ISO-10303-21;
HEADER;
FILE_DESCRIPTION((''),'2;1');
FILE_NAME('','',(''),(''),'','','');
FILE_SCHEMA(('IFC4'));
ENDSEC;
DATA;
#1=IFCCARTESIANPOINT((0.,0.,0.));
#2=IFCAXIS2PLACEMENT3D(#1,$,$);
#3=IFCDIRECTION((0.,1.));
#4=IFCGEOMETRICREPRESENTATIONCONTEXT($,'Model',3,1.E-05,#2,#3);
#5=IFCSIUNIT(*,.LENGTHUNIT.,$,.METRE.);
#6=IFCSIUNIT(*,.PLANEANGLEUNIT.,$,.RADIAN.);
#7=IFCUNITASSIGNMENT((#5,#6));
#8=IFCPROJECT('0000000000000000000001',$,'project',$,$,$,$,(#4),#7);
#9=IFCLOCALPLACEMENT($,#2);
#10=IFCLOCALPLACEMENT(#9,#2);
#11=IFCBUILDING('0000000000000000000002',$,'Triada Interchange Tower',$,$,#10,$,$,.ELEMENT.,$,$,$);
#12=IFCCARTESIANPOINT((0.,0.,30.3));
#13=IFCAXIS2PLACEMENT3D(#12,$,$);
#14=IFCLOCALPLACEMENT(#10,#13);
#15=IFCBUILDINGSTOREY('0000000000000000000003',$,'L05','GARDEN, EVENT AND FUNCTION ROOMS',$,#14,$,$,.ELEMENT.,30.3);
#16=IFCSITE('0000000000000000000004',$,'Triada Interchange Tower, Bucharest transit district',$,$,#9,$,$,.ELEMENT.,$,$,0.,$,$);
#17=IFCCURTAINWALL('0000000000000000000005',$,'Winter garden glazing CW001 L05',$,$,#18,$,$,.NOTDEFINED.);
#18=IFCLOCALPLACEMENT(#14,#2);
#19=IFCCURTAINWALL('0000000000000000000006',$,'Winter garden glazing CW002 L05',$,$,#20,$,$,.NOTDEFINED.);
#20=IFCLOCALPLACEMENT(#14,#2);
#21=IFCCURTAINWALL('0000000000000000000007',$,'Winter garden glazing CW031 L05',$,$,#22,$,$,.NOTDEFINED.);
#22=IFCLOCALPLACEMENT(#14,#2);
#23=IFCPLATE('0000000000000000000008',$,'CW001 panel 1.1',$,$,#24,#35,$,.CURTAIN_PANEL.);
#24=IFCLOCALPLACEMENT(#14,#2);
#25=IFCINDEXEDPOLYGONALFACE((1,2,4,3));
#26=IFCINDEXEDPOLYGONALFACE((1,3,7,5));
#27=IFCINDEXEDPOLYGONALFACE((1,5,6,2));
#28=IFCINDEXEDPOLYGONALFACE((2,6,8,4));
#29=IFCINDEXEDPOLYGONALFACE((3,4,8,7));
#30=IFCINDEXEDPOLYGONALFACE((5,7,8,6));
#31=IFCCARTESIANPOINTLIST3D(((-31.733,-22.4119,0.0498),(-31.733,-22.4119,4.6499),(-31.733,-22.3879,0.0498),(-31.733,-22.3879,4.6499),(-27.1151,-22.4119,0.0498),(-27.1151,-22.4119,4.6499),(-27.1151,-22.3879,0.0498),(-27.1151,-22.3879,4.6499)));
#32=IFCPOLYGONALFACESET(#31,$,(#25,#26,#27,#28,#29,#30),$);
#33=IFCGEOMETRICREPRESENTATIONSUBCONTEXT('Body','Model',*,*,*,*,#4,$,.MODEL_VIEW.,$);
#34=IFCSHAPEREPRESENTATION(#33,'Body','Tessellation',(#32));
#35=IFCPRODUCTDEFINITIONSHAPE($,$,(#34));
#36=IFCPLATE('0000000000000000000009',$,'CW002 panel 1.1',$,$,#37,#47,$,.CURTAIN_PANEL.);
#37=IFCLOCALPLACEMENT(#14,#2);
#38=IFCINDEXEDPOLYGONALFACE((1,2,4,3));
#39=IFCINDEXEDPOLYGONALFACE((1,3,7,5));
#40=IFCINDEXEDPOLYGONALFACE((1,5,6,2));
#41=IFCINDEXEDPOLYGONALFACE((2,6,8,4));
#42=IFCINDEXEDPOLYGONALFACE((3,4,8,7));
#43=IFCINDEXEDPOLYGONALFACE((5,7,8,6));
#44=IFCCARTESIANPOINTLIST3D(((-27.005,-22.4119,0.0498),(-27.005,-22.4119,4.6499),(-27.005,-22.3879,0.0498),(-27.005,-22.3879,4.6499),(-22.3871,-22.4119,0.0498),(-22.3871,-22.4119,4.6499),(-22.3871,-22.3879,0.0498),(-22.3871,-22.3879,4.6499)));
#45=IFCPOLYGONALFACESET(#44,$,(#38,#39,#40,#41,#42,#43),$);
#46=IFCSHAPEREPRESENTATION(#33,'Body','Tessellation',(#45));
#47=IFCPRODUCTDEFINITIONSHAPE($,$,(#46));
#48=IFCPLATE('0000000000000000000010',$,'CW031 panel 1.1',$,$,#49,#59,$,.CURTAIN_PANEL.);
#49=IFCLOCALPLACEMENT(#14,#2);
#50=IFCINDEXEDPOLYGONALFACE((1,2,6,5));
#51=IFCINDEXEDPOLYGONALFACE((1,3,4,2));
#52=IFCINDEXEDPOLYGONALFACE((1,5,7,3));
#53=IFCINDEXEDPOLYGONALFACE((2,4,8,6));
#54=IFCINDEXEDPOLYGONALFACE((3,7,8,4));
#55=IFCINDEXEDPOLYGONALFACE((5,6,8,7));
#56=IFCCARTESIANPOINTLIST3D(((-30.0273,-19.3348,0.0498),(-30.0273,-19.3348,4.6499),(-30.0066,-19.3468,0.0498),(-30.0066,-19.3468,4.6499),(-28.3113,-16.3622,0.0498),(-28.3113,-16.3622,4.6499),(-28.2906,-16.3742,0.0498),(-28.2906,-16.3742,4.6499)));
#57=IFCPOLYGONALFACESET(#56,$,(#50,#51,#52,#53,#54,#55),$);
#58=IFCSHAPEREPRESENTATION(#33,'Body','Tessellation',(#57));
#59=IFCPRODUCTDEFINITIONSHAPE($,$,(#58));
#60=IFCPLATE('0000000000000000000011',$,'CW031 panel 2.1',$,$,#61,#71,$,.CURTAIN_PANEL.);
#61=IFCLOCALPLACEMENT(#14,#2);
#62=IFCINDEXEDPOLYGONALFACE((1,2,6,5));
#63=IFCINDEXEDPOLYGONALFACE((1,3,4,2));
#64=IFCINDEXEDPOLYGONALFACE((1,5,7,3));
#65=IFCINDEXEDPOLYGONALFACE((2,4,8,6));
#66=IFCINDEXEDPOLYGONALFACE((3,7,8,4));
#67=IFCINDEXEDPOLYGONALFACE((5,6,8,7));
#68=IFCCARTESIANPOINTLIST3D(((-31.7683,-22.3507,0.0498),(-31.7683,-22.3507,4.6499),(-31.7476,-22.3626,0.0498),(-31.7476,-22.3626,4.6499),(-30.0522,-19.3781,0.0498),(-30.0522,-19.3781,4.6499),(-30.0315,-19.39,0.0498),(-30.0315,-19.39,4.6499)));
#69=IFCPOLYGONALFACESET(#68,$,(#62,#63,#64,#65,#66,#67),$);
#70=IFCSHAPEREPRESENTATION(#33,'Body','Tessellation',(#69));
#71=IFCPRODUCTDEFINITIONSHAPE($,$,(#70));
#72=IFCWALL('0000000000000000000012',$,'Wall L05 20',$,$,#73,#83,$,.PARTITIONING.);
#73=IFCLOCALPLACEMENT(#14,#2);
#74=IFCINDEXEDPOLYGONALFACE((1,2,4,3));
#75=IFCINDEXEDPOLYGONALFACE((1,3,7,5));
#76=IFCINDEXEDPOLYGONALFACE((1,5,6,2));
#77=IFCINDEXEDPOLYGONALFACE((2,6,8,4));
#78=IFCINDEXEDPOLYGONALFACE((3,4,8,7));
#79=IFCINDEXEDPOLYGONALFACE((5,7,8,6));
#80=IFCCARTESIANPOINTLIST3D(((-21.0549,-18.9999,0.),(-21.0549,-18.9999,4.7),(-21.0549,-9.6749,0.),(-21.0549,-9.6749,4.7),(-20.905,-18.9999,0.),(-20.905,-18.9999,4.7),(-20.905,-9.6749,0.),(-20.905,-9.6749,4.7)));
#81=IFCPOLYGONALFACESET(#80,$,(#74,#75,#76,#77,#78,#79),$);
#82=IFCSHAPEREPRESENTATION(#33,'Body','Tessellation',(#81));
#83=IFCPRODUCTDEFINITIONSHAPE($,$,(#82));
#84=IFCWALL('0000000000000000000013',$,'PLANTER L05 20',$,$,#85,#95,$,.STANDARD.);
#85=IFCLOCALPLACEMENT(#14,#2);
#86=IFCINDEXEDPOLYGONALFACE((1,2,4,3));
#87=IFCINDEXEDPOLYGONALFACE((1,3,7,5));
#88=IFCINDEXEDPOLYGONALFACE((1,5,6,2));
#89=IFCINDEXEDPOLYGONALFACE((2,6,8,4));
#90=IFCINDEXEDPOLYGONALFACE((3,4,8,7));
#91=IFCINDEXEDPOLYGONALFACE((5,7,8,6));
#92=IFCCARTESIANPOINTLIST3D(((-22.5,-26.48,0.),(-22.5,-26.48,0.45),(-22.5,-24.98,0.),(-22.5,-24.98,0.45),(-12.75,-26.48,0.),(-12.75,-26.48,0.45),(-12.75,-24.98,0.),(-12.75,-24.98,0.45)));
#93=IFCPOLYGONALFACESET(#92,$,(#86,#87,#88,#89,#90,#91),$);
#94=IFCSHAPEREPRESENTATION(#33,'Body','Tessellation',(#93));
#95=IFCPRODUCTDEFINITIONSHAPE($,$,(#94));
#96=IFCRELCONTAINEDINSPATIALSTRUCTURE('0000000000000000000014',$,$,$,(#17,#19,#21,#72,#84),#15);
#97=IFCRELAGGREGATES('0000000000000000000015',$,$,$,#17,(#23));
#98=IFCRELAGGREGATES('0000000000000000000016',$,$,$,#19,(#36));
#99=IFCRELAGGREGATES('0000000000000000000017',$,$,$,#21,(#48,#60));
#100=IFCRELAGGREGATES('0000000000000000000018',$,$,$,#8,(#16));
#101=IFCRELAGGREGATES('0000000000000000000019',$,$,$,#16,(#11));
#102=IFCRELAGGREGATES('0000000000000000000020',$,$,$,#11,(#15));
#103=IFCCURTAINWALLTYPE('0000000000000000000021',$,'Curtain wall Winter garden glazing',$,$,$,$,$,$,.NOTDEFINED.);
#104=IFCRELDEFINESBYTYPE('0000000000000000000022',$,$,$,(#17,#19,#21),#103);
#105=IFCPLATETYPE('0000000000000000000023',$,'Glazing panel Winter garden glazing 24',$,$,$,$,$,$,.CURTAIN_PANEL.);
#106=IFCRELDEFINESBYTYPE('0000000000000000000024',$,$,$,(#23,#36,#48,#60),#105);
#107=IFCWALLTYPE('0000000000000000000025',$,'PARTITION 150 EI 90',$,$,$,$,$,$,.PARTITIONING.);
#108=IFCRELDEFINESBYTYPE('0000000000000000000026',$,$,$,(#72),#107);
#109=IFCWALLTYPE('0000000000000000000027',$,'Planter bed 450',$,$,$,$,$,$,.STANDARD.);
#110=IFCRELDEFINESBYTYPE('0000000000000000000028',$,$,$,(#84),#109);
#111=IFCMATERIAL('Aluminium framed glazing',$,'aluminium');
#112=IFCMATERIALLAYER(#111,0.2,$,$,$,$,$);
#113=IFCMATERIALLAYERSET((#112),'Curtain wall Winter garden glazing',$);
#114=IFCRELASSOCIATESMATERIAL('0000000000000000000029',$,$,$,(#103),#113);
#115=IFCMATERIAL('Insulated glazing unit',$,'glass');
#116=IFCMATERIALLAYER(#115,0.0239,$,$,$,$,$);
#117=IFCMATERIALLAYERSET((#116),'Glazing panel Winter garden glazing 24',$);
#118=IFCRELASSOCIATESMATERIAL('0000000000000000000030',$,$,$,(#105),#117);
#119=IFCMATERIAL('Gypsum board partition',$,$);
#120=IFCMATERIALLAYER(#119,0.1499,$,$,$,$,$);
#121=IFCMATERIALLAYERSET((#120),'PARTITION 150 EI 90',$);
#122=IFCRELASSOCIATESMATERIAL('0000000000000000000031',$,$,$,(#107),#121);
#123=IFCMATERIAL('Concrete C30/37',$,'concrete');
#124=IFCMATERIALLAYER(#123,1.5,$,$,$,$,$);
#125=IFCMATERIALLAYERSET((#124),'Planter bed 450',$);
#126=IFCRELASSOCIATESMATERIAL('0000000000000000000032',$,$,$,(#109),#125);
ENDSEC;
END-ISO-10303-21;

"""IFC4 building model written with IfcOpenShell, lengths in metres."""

from ifc_helpers import new_model, si_unit, direction, frame, frame_2d, origin, origin_2d, place, context, subcontext, project, spatial, rectangle, extrude, material, layer, layer_set, type_object, element, aggregate, save


model = new_model("IFC4")

# Units and contexts
model_context = context("Model", 3, precision=1e-05, world=origin(), true_north=direction((0.0, 1.0)))
body_context = subcontext(model_context, "Body", "Model", "MODEL_VIEW")
ifc_project = project(units=[si_unit("LENGTHUNIT", "METRE"), si_unit("PLANEANGLEUNIT", "RADIAN")], contexts=[model_context])

# Site, building, storey
site_placement = place(None, origin())
site = spatial("IfcSite", under=ifc_project, at=site_placement, Name="Triada Interchange Tower, Bucharest transit district", CompositionType="ELEMENT", RefElevation=0.0)
building_placement = place(site_placement, origin())
building = spatial("IfcBuilding", under=site, at=building_placement, Name="Triada Interchange Tower", CompositionType="ELEMENT")
storey_placement = place(building_placement, frame((0.0, 0.0, 30.3)))
storey = spatial("IfcBuildingStorey", under=building, at=storey_placement, Name="L05", Description="GARDEN, EVENT AND FUNCTION ROOMS", CompositionType="ELEMENT", Elevation=30.3)

# Curtain walls
ifc_material_1 = material(Name="Aluminium framed glazing", Category="aluminium")
ifc_layer_1 = layer(ifc_material_1, 0.2)
ifc_layer_set_1 = layer_set([ifc_layer_1], Name="Curtain wall Winter garden glazing")
curtain_wall_type = type_object("IfcCurtainWallType", Name="Curtain wall Winter garden glazing", PredefinedType="NOTDEFINED", material=ifc_layer_set_1)
curtain_wall_1_placement = place(storey_placement, origin())
curtain_wall_1 = element("IfcCurtainWall", 1, at=curtain_wall_1_placement, inside=storey, type_object=curtain_wall_type, Name="Winter garden glazing CW001 L05", PredefinedType="NOTDEFINED")
curtain_wall_2_placement = place(storey_placement, origin())
curtain_wall_2 = element("IfcCurtainWall", 2, at=curtain_wall_2_placement, inside=storey, type_object=curtain_wall_type, Name="Winter garden glazing CW002 L05", PredefinedType="NOTDEFINED")

# Curtain wall
curtain_wall_3_placement = place(storey_placement, origin())
curtain_wall_3 = element("IfcCurtainWall", 3, at=curtain_wall_3_placement, inside=storey, type_object=curtain_wall_type, Name="Winter garden glazing CW031 L05", PredefinedType="NOTDEFINED")

# Plates
ifc_material_2 = material(Name="Insulated glazing unit", Category="glass")
ifc_layer_2 = layer(ifc_material_2, 0.0239)
ifc_layer_set_2 = layer_set([ifc_layer_2], Name="Glazing panel Winter garden glazing 24")
plate_type = type_object("IfcPlateType", Name="Glazing panel Winter garden glazing 24", PredefinedType="CURTAIN_PANEL", material=ifc_layer_set_2)
plate_1_placement = place(storey_placement, frame((-29.4241, -22.3999, 0.0498), z_axis=(0.0, 0.0, 1.0), x_axis=(1.0, 0.0, 0.0)))
plate_1 = element("IfcPlate", 4, at=plate_1_placement, type_object=plate_type, Name="CW001 panel 1.1", PredefinedType="CURTAIN_PANEL", context=body_context, shape_type="SweptSolid", body=[
    extrude(rectangle(XDim=4.6179, YDim=0.0239, at=origin_2d()), origin(), (0.0, 0.0, 1.0), 4.6001),
])
aggregate(curtain_wall_1, [plate_1])
plate_2_placement = place(storey_placement, frame((-24.696, -22.3999, 0.0498), z_axis=(0.0, 0.0, 1.0), x_axis=(1.0, 0.0, 0.0)))
plate_2 = element("IfcPlate", 5, at=plate_2_placement, type_object=plate_type, Name="CW002 panel 1.1", PredefinedType="CURTAIN_PANEL", context=body_context, shape_type="SweptSolid", body=[
    extrude(rectangle(XDim=4.6179, YDim=0.0239, at=origin_2d()), origin(), (0.0, 0.0, 1.0), 4.6001),
])
aggregate(curtain_wall_2, [plate_2])
plate_3_placement = place(storey_placement, frame((-29.1589, -17.8545, 0.0498), z_axis=(0.0, 0.0, 1.0), x_axis=(-0.499957, -0.86605, 0.0)))
plate_3 = element("IfcPlate", 6, at=plate_3_placement, type_object=plate_type, Name="CW031 panel 1.1", PredefinedType="CURTAIN_PANEL", context=body_context, shape_type="SweptSolid", body=[
    extrude(rectangle(XDim=3.4324, YDim=0.0239, at=origin_2d()), origin(), (0.0, 0.0, 1.0), 4.6001),
])
plate_4_placement = place(storey_placement, frame((-30.8999, -20.8704, 0.0498), z_axis=(0.0, 0.0, 1.0), x_axis=(-0.499957, -0.86605, 0.0)))
plate_4 = element("IfcPlate", 7, at=plate_4_placement, type_object=plate_type, Name="CW031 panel 2.1", PredefinedType="CURTAIN_PANEL", context=body_context, shape_type="SweptSolid", body=[
    extrude(rectangle(XDim=3.4324, YDim=0.0239, at=origin_2d()), origin(), (0.0, 0.0, 1.0), 4.6001),
])
aggregate(curtain_wall_3, [plate_3, plate_4])

# Walls
ifc_material_3 = material(Name="Gypsum board partition")
ifc_layer_3 = layer(ifc_material_3, 0.1499)
ifc_layer_set_3 = layer_set([ifc_layer_3], Name="PARTITION 150 EI 90")
wall_type_1 = type_object("IfcWallType", Name="PARTITION 150 EI 90", PredefinedType="PARTITIONING", material=ifc_layer_set_3)
wall_1_placement = place(storey_placement, frame((-20.98, -19.0, 0.0), z_axis=(0.0, 0.0, 1.0), x_axis=(0.0, 1.0, 0.0)))
element("IfcWall", 8, at=wall_1_placement, inside=storey, type_object=wall_type_1, Name="Wall L05 20", PredefinedType="PARTITIONING", context=body_context, shape_type="SweptSolid", body=[
    extrude(rectangle(XDim=9.325, YDim=0.1499, at=frame_2d((4.6626, 0.0))), origin(), (0.0, 0.0, 1.0), 4.7),
])
ifc_material_4 = material(Name="Concrete C30/37", Category="concrete")
ifc_layer_4 = layer(ifc_material_4, 1.5)
ifc_layer_set_4 = layer_set([ifc_layer_4], Name="Planter bed 450")
wall_type_2 = type_object("IfcWallType", Name="Planter bed 450", PredefinedType="STANDARD", material=ifc_layer_set_4)
wall_2_placement = place(storey_placement, frame((-22.5, -25.73, 0.0), z_axis=(0.0, 0.0, 1.0), x_axis=(1.0, 0.0, 0.0)))
element("IfcWall", 9, at=wall_2_placement, inside=storey, type_object=wall_type_2, Name="PLANTER L05 20", PredefinedType="STANDARD", context=body_context, shape_type="SweptSolid", body=[
    extrude(rectangle(XDim=9.75, YDim=1.5, at=frame_2d((4.875, 0.0))), origin(), (0.0, 0.0, 1.0), 0.45),
])

save(model, "model.ifc")
